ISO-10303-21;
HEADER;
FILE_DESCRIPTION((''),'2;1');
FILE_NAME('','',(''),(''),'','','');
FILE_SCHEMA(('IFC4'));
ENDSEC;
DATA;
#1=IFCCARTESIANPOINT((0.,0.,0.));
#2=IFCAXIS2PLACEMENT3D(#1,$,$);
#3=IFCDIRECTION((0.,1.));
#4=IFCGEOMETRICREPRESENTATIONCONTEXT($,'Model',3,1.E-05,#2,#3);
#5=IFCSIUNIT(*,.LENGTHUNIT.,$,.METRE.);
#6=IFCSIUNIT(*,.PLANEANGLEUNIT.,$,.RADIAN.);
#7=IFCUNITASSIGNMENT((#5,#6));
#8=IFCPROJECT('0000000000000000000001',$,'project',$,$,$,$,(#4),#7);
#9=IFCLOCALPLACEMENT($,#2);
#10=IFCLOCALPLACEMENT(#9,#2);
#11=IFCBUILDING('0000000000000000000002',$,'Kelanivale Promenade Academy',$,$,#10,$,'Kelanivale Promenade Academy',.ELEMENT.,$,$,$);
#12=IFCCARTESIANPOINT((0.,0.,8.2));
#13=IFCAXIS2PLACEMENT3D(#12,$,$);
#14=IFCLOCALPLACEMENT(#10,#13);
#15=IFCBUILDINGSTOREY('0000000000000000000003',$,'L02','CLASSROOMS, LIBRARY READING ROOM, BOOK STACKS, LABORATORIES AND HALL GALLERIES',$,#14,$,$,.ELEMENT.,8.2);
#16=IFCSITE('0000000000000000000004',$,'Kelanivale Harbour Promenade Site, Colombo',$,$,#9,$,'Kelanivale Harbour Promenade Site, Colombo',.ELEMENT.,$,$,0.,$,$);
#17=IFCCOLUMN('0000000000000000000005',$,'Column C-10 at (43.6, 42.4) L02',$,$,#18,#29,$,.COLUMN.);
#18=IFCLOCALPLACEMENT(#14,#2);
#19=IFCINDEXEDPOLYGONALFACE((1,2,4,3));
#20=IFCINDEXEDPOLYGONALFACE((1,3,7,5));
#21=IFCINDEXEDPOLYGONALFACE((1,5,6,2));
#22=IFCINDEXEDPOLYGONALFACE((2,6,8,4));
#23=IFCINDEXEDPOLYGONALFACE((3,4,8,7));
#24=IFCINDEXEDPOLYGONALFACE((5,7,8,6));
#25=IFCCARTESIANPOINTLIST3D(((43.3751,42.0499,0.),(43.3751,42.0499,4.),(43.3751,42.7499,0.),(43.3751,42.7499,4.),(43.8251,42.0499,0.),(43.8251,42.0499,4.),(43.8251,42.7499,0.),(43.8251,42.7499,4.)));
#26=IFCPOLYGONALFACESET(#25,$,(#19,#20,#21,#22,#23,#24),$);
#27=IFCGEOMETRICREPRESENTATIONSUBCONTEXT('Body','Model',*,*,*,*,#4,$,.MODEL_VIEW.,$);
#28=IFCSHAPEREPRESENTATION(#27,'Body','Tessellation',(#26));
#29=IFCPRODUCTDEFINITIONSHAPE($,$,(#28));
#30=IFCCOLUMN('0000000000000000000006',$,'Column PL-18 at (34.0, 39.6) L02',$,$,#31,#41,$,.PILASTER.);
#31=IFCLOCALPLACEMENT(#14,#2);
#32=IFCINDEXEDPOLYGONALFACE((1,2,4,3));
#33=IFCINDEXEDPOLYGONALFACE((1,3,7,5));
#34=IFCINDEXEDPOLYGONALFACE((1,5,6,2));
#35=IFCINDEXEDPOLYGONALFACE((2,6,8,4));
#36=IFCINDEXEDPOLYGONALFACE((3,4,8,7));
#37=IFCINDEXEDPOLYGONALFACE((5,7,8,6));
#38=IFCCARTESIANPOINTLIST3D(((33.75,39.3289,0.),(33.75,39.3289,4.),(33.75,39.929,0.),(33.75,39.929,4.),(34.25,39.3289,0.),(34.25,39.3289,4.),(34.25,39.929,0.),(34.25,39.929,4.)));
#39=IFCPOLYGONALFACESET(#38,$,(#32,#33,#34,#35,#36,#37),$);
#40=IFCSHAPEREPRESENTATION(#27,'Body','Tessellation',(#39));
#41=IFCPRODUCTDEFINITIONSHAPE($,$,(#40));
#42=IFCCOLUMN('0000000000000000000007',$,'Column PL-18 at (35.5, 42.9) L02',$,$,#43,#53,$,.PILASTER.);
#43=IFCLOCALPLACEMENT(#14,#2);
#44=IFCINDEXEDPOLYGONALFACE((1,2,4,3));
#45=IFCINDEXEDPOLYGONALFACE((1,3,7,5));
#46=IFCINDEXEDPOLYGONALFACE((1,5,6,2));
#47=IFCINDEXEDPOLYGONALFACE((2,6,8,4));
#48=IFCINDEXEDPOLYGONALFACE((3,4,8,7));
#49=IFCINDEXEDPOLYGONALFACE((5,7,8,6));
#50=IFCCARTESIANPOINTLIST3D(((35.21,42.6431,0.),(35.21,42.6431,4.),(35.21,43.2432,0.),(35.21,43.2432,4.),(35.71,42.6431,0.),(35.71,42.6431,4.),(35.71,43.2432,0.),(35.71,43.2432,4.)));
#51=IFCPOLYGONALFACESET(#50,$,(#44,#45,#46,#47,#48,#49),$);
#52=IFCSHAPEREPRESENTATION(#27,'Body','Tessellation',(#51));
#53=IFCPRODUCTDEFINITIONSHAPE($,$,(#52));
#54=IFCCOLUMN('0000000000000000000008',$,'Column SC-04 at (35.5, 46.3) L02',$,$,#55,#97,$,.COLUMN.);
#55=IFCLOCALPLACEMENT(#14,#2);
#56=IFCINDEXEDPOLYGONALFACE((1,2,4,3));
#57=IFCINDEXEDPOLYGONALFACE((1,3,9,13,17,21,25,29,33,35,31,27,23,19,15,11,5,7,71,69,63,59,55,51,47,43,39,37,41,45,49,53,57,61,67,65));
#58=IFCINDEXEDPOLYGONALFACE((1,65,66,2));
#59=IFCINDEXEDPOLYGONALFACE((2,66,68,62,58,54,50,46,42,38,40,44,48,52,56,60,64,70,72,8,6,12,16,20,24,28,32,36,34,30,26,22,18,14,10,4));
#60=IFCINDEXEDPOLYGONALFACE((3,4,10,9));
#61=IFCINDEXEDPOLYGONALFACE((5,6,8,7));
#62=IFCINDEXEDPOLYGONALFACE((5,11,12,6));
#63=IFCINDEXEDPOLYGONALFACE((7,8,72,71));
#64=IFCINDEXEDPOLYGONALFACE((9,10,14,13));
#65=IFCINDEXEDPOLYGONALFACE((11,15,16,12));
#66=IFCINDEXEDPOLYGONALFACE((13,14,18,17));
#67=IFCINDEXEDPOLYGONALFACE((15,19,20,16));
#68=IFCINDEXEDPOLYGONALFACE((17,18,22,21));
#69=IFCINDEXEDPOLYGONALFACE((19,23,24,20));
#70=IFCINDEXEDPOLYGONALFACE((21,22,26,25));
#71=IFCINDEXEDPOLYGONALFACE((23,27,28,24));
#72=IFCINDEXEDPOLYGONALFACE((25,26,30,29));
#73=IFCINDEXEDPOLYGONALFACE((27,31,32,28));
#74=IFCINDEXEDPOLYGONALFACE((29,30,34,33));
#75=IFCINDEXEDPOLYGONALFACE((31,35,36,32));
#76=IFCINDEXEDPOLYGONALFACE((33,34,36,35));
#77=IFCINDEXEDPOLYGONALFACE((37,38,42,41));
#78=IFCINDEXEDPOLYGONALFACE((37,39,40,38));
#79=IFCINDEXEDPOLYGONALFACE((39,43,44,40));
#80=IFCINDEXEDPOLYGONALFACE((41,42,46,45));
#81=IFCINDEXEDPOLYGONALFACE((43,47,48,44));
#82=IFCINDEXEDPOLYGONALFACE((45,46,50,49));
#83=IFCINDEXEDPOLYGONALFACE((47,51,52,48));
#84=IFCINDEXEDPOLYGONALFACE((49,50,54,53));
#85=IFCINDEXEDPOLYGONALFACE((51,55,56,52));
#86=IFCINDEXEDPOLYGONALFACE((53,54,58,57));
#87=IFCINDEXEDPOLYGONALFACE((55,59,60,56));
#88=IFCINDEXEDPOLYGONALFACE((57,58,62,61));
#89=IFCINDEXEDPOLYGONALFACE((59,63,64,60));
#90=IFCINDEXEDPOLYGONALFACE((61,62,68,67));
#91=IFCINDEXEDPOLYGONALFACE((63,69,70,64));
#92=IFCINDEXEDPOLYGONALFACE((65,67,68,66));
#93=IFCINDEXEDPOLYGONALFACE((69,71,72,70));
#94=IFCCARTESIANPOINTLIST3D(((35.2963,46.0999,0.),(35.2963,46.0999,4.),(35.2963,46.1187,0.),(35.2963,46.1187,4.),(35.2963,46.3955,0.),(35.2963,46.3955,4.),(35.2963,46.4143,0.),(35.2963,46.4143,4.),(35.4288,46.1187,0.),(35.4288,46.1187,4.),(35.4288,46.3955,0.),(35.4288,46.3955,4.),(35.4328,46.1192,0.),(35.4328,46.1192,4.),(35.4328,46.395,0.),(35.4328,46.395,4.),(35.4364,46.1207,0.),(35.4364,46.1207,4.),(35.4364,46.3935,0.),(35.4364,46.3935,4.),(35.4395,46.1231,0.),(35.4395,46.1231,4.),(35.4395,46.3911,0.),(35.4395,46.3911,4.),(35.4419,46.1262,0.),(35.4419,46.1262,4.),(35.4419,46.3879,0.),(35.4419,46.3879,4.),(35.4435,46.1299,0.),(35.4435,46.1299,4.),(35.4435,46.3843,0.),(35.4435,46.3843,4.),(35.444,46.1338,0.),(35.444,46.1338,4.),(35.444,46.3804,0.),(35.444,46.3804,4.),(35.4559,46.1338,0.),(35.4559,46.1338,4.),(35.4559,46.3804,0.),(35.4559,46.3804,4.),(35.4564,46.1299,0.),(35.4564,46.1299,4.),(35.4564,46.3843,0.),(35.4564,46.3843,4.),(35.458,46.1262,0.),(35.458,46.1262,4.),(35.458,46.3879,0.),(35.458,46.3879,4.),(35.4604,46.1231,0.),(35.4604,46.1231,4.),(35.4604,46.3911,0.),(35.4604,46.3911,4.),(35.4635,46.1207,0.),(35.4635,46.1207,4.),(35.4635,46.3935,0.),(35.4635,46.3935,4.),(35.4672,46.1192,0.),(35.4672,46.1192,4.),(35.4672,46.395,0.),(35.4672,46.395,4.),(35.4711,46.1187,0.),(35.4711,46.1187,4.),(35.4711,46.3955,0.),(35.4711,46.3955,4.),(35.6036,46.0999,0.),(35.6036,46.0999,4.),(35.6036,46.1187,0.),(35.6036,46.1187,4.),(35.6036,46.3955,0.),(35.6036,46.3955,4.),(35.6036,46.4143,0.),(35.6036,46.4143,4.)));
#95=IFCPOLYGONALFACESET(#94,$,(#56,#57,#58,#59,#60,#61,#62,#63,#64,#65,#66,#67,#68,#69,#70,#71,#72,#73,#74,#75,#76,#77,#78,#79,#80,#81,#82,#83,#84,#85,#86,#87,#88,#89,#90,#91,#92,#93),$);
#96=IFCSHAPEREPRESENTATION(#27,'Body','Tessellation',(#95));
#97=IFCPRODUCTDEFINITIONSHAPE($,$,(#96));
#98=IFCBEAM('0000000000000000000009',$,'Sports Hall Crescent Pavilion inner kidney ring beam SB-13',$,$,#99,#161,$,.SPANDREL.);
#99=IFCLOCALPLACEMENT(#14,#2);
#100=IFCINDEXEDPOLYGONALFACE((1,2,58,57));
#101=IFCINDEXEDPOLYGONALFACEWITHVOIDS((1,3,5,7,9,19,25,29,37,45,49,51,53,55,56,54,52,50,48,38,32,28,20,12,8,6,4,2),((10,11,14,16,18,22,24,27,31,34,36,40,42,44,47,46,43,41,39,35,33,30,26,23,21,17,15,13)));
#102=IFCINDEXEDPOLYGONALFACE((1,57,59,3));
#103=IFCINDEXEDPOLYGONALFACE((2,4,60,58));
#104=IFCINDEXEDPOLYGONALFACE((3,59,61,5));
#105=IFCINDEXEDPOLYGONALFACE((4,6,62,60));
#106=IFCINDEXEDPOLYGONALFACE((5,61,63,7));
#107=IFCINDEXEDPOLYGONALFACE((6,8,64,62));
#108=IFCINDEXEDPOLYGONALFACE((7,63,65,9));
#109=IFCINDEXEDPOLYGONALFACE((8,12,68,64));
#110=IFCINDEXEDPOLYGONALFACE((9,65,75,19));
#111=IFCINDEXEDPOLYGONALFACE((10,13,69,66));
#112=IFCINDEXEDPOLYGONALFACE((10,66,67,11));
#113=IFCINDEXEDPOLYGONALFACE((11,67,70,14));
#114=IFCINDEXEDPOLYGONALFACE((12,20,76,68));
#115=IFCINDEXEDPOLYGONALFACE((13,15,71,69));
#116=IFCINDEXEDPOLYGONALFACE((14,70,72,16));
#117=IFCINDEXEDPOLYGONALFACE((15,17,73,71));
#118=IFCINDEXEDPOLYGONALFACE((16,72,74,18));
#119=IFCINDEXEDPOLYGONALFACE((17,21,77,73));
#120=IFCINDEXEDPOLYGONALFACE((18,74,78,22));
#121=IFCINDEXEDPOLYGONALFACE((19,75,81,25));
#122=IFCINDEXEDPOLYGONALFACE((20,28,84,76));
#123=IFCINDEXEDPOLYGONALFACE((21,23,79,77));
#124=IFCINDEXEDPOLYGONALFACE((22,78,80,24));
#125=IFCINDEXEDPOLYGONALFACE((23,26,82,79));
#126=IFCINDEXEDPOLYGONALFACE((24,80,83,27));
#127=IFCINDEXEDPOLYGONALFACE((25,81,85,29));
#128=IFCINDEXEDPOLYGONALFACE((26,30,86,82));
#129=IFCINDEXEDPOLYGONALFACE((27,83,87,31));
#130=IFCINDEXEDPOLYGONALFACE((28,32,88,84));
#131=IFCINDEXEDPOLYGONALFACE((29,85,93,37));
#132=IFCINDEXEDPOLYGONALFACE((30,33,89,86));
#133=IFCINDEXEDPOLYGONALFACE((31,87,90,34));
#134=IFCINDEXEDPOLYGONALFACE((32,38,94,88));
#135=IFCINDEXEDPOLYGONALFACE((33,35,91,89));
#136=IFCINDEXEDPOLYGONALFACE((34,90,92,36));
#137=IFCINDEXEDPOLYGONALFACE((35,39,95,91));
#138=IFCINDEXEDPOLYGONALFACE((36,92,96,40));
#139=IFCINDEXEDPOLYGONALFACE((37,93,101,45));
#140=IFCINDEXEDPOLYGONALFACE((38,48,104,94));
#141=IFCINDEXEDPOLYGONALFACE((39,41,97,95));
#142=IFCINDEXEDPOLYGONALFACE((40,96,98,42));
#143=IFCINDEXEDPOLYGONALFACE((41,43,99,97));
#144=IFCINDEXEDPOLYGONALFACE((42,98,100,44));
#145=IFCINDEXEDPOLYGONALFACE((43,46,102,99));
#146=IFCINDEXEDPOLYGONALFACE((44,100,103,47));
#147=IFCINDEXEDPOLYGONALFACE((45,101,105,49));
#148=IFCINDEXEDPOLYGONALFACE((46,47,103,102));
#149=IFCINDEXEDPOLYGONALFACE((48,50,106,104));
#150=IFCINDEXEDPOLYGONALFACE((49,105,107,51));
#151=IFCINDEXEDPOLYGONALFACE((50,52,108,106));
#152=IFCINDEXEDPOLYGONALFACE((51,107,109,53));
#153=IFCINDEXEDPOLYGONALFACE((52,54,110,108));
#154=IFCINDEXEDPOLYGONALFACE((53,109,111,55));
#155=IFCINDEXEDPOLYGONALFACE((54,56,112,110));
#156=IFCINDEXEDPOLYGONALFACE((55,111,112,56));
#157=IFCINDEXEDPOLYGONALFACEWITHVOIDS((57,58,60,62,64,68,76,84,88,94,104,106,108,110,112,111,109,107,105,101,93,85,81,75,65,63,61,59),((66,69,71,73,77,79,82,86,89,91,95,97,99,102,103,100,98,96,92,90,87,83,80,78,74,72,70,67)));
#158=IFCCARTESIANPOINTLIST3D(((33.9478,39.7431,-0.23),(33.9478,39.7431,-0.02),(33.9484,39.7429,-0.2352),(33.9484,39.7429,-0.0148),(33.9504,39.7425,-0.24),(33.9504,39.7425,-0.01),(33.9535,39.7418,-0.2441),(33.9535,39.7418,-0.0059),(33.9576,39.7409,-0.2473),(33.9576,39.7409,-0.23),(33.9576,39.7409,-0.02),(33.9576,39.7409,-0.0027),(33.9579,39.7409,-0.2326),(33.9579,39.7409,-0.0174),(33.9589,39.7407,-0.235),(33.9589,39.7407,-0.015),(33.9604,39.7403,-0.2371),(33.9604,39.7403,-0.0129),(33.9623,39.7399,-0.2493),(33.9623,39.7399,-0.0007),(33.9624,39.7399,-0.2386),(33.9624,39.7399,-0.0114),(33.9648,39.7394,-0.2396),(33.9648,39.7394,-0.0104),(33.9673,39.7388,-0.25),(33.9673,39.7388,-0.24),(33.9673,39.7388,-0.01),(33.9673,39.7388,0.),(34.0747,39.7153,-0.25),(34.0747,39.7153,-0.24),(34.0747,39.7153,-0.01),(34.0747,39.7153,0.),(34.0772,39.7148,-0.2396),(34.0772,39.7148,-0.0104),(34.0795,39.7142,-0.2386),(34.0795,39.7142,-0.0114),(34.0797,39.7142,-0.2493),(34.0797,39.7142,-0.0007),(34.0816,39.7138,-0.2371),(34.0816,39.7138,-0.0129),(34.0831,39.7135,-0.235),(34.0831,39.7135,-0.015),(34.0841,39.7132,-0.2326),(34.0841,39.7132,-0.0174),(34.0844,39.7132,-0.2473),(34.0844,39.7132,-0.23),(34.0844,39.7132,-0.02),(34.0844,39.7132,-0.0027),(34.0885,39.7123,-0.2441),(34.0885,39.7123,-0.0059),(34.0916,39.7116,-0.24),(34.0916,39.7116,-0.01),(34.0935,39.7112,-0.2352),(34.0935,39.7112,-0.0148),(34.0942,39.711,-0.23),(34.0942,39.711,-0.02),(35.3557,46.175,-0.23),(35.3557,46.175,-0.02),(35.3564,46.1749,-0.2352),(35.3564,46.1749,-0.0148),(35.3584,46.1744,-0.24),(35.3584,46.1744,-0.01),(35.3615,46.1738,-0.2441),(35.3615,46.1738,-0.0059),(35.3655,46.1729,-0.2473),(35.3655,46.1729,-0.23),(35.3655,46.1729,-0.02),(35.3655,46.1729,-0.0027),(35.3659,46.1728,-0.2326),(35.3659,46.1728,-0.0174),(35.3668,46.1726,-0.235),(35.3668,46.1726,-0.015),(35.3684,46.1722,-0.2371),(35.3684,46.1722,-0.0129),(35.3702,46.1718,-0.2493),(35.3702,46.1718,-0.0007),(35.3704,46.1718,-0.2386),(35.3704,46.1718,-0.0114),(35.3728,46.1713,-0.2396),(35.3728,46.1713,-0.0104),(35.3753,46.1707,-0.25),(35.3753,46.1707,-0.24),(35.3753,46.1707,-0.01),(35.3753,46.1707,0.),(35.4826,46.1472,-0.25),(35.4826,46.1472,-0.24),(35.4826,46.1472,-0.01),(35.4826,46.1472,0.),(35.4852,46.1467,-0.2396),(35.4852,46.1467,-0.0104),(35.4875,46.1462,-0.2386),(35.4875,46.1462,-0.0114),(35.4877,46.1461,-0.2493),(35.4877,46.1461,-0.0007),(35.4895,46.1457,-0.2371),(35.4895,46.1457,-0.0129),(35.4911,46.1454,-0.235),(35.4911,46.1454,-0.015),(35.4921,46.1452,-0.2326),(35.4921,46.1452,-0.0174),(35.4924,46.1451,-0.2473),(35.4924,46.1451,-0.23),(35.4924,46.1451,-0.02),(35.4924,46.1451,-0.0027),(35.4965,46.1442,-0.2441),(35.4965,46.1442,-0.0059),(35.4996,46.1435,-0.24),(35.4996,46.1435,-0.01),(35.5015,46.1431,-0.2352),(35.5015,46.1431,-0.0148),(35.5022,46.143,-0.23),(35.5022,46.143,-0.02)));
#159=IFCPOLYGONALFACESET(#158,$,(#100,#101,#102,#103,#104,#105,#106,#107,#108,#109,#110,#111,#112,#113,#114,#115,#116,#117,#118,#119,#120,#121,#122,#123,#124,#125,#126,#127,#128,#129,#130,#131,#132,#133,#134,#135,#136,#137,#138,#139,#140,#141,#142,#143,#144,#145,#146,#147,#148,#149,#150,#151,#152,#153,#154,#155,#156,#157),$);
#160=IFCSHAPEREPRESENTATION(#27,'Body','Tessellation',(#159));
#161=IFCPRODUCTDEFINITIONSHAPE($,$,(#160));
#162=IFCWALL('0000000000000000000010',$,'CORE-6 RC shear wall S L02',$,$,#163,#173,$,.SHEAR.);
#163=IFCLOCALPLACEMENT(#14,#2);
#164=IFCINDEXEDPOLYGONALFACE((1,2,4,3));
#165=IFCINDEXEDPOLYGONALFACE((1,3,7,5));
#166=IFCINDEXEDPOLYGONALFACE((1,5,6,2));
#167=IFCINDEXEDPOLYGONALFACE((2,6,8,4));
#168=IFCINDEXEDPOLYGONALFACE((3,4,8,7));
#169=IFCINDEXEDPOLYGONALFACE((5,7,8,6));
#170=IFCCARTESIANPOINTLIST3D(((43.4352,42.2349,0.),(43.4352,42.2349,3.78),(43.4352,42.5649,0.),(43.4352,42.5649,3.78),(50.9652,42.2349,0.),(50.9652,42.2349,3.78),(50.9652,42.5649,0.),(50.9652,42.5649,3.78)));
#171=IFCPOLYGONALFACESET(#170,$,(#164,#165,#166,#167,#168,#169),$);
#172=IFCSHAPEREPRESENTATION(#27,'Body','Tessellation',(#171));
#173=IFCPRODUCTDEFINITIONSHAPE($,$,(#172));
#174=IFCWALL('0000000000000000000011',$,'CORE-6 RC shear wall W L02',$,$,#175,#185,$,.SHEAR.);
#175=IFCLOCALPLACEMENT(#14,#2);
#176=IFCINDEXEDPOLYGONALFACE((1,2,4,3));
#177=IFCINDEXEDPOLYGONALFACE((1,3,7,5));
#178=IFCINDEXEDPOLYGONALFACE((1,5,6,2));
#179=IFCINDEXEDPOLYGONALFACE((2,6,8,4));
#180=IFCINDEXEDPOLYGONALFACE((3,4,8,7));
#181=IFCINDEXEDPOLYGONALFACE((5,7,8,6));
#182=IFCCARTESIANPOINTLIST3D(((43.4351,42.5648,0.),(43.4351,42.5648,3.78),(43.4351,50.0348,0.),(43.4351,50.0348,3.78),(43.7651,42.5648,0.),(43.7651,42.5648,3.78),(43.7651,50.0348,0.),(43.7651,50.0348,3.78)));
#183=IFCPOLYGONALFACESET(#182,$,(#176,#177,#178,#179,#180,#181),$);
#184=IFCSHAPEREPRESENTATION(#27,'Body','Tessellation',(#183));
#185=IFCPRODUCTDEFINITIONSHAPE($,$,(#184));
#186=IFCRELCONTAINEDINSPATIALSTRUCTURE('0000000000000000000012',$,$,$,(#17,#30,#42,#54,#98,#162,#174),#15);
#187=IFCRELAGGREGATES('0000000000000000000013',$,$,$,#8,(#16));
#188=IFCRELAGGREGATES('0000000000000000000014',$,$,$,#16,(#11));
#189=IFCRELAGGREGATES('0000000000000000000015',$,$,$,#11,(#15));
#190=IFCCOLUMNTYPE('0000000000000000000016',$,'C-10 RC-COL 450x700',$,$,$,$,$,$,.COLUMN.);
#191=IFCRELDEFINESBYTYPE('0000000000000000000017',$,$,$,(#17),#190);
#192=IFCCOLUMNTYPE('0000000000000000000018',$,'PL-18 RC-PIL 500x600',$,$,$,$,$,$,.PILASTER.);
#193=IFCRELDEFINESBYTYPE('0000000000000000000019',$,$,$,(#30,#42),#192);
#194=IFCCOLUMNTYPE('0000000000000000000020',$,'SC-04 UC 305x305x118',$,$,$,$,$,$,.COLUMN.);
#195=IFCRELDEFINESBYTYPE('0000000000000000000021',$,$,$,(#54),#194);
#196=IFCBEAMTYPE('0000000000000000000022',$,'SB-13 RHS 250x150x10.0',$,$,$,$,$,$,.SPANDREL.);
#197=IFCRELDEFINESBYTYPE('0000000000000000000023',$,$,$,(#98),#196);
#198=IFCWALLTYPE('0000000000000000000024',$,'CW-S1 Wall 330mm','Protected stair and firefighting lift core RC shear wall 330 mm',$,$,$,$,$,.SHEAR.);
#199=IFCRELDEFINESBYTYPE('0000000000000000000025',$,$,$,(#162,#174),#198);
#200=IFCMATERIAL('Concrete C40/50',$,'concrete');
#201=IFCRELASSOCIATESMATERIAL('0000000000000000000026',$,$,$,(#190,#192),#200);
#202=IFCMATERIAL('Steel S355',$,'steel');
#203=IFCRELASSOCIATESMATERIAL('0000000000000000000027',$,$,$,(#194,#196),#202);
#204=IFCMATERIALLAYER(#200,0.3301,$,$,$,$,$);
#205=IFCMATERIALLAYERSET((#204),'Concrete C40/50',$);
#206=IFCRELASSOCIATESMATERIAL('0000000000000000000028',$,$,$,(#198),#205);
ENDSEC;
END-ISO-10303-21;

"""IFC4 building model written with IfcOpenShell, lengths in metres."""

from ifc_helpers import new_model, si_unit, direction, frame, frame_2d, origin, origin_2d, place, context, subcontext, project, spatial, rectangle, hollow_rectangle, i_section, extrude, material, layer, layer_set, material_profile, profile_set, type_object, element, save


model = new_model("IFC4")

# Units and contexts
model_context = context("Model", 3, precision=1e-05, world=origin(), true_north=direction((0.0, 1.0)))
body_context = subcontext(model_context, "Body", "Model", "MODEL_VIEW")
ifc_project = project(units=[si_unit("LENGTHUNIT", "METRE"), si_unit("PLANEANGLEUNIT", "RADIAN")], contexts=[model_context])

# Site, building, storey
site_placement = place(None, origin())
site = spatial("IfcSite", under=ifc_project, at=site_placement, Name="Kelanivale Harbour Promenade Site, Colombo", LongName="Kelanivale Harbour Promenade Site, Colombo", CompositionType="ELEMENT", RefElevation=0.0)
building_placement = place(site_placement, origin())
building = spatial("IfcBuilding", under=site, at=building_placement, Name="Kelanivale Promenade Academy", LongName="Kelanivale Promenade Academy", CompositionType="ELEMENT")
storey_placement = place(building_placement, frame((0.0, 0.0, 8.2)))
storey = spatial("IfcBuildingStorey", under=building, at=storey_placement, Name="L02", Description="CLASSROOMS, LIBRARY READING ROOM, BOOK STACKS, LABORATORIES AND HALL GALLERIES", CompositionType="ELEMENT", Elevation=8.2)

# Columns
ifc_material_1 = material(Name="Concrete C40/50", Category="concrete")
ifc_material_profile_1 = material_profile(ifc_material_1, rectangle(XDim=0.45, YDim=0.7, at=origin_2d()), Name="RC-COL 450x700")
ifc_profile_set_1 = profile_set([ifc_material_profile_1], Name="Concrete C40/50")
column_type_1 = type_object("IfcColumnType", Name="C-10 RC-COL 450x700", PredefinedType="COLUMN", material=ifc_profile_set_1)
column_1_placement = place(storey_placement, frame((43.6001, 42.3999, 0.0), z_axis=(0.0, 0.0, 1.0), x_axis=(1.0, 0.0, 0.0)))
element("IfcColumn", 1, at=column_1_placement, inside=storey, type_object=column_type_1, Name="Column C-10 at (43.6, 42.4) L02", PredefinedType="COLUMN", context=body_context, shape_type="SweptSolid", body=[
    extrude(rectangle(XDim=0.45, YDim=0.7, at=origin_2d()), origin(), (0.0, 0.0, 1.0), 4.0),
])
ifc_material_profile_2 = material_profile(ifc_material_1, rectangle(XDim=0.5, YDim=0.6001, at=origin_2d()), Name="RC-PIL 500x600")
ifc_profile_set_2 = profile_set([ifc_material_profile_2], Name="Concrete C40/50")
column_type_2 = type_object("IfcColumnType", Name="PL-18 RC-PIL 500x600", PredefinedType="PILASTER", material=ifc_profile_set_2)
for number, where, z_axis, x_axis, name in (
    (2, (34.0, 39.6289, 0.0), (0.0, 0.0, 1.0), (1.0, 0.0, 0.0), "Column PL-18 at (34.0, 39.6) L02"),
    (3, (35.46, 42.9431, 0.0), (0.0, 0.0, 1.0), (1.0, 0.0, 0.0), "Column PL-18 at (35.5, 42.9) L02"),
):
    element("IfcColumn", number, at=place(storey_placement, frame(where, z_axis=z_axis, x_axis=x_axis)), inside=storey, type_object=column_type_2, Name=name, PredefinedType="PILASTER", context=body_context, shape_type="SweptSolid", body=[
        extrude(rectangle(XDim=0.5, YDim=0.6001, at=origin_2d()), origin(), (0.0, 0.0, 1.0), 4.0),
    ])
ifc_material_2 = material(Name="Steel S355", Category="steel")
ifc_material_profile_3 = material_profile(ifc_material_2, i_section(OverallWidth=0.3074, OverallDepth=0.3145, WebThickness=0.012, FlangeThickness=0.0188, FilletRadius=0.0151, at=origin_2d()), Name="UC 305x305x118")
ifc_profile_set_3 = profile_set([ifc_material_profile_3], Name="Steel S355")
column_type_3 = type_object("IfcColumnType", Name="SC-04 UC 305x305x118", PredefinedType="COLUMN", material=ifc_profile_set_3)
column_2_placement = place(storey_placement, frame((35.45, 46.2571, 0.0), z_axis=(0.0, 0.0, 1.0), x_axis=(1.0, 0.0, 0.0)))
element("IfcColumn", 4, at=column_2_placement, inside=storey, type_object=column_type_3, Name="Column SC-04 at (35.5, 46.3) L02", PredefinedType="COLUMN", context=body_context, shape_type="SweptSolid", body=[
    extrude(i_section(OverallWidth=0.3074, OverallDepth=0.3145, WebThickness=0.012, FlangeThickness=0.0188, FilletRadius=0.0151, at=origin_2d()), origin(), (0.0, 0.0, 1.0), 4.0),
])

# Beam
ifc_material_profile_4 = material_profile(ifc_material_2, hollow_rectangle(XDim=0.1499, YDim=0.25, WallThickness=0.01, InnerFilletRadius=0.01, OuterFilletRadius=0.02, at=origin_2d()), Name="RHS 250x150x10.0")
ifc_profile_set_4 = profile_set([ifc_material_profile_4], Name="Steel S355")
beam_type = type_object("IfcBeamType", Name="SB-13 RHS 250x150x10.0", PredefinedType="SPANDREL", material=ifc_profile_set_4)
beam_placement = place(storey_placement, frame((34.021, 39.7271, -0.125), z_axis=(0.21384, 0.976869, 0.0), x_axis=(-0.976869, 0.21384, 0.0)))
element("IfcBeam", 5, at=beam_placement, inside=storey, type_object=beam_type, Name="Sports Hall Crescent Pavilion inner kidney ring beam SB-13", PredefinedType="SPANDREL", context=body_context, shape_type="SweptSolid", body=[
    extrude(hollow_rectangle(XDim=0.1499, YDim=0.25, WallThickness=0.01, InnerFilletRadius=0.01, OuterFilletRadius=0.02, at=origin_2d()), origin(), (0.0, 0.0, 1.0), 6.5842),
])

# Walls
ifc_layer_1 = layer(ifc_material_1, 0.3301)
ifc_layer_set_1 = layer_set([ifc_layer_1], Name="Concrete C40/50")
wall_type_1 = type_object("IfcWallType", Name="CW-S1 Wall 330mm", Description="Protected stair and firefighting lift core RC shear wall 330 mm", PredefinedType="SHEAR", material=ifc_layer_set_1)
wall_1_placement = place(storey_placement, frame((43.4351, 42.3999, 0.0), z_axis=(0.0, 0.0, 1.0), x_axis=(1.0, 0.0, 0.0)))
element("IfcWall", 6, at=wall_1_placement, inside=storey, type_object=wall_type_1, Name="CORE-6 RC shear wall S L02", PredefinedType="SHEAR", context=body_context, shape_type="SweptSolid", body=[
    extrude(rectangle(XDim=7.53, YDim=0.3301, at=frame_2d((3.7651, 0.0))), origin(), (0.0, 0.0, 1.0), 3.78),
])
wall_2_placement = place(storey_placement, frame((43.6001, 42.5649, 0.0), z_axis=(0.0, 0.0, 1.0), x_axis=(0.0, 1.0, 0.0)))
element("IfcWall", 7, at=wall_2_placement, inside=storey, type_object=wall_type_1, Name="CORE-6 RC shear wall W L02", PredefinedType="SHEAR", context=body_context, shape_type="SweptSolid", body=[
    extrude(rectangle(XDim=7.47, YDim=0.3301, at=frame_2d((3.7349, 0.0))), origin(), (0.0, 0.0, 1.0), 3.78),
])

save(model, "model.ifc")
